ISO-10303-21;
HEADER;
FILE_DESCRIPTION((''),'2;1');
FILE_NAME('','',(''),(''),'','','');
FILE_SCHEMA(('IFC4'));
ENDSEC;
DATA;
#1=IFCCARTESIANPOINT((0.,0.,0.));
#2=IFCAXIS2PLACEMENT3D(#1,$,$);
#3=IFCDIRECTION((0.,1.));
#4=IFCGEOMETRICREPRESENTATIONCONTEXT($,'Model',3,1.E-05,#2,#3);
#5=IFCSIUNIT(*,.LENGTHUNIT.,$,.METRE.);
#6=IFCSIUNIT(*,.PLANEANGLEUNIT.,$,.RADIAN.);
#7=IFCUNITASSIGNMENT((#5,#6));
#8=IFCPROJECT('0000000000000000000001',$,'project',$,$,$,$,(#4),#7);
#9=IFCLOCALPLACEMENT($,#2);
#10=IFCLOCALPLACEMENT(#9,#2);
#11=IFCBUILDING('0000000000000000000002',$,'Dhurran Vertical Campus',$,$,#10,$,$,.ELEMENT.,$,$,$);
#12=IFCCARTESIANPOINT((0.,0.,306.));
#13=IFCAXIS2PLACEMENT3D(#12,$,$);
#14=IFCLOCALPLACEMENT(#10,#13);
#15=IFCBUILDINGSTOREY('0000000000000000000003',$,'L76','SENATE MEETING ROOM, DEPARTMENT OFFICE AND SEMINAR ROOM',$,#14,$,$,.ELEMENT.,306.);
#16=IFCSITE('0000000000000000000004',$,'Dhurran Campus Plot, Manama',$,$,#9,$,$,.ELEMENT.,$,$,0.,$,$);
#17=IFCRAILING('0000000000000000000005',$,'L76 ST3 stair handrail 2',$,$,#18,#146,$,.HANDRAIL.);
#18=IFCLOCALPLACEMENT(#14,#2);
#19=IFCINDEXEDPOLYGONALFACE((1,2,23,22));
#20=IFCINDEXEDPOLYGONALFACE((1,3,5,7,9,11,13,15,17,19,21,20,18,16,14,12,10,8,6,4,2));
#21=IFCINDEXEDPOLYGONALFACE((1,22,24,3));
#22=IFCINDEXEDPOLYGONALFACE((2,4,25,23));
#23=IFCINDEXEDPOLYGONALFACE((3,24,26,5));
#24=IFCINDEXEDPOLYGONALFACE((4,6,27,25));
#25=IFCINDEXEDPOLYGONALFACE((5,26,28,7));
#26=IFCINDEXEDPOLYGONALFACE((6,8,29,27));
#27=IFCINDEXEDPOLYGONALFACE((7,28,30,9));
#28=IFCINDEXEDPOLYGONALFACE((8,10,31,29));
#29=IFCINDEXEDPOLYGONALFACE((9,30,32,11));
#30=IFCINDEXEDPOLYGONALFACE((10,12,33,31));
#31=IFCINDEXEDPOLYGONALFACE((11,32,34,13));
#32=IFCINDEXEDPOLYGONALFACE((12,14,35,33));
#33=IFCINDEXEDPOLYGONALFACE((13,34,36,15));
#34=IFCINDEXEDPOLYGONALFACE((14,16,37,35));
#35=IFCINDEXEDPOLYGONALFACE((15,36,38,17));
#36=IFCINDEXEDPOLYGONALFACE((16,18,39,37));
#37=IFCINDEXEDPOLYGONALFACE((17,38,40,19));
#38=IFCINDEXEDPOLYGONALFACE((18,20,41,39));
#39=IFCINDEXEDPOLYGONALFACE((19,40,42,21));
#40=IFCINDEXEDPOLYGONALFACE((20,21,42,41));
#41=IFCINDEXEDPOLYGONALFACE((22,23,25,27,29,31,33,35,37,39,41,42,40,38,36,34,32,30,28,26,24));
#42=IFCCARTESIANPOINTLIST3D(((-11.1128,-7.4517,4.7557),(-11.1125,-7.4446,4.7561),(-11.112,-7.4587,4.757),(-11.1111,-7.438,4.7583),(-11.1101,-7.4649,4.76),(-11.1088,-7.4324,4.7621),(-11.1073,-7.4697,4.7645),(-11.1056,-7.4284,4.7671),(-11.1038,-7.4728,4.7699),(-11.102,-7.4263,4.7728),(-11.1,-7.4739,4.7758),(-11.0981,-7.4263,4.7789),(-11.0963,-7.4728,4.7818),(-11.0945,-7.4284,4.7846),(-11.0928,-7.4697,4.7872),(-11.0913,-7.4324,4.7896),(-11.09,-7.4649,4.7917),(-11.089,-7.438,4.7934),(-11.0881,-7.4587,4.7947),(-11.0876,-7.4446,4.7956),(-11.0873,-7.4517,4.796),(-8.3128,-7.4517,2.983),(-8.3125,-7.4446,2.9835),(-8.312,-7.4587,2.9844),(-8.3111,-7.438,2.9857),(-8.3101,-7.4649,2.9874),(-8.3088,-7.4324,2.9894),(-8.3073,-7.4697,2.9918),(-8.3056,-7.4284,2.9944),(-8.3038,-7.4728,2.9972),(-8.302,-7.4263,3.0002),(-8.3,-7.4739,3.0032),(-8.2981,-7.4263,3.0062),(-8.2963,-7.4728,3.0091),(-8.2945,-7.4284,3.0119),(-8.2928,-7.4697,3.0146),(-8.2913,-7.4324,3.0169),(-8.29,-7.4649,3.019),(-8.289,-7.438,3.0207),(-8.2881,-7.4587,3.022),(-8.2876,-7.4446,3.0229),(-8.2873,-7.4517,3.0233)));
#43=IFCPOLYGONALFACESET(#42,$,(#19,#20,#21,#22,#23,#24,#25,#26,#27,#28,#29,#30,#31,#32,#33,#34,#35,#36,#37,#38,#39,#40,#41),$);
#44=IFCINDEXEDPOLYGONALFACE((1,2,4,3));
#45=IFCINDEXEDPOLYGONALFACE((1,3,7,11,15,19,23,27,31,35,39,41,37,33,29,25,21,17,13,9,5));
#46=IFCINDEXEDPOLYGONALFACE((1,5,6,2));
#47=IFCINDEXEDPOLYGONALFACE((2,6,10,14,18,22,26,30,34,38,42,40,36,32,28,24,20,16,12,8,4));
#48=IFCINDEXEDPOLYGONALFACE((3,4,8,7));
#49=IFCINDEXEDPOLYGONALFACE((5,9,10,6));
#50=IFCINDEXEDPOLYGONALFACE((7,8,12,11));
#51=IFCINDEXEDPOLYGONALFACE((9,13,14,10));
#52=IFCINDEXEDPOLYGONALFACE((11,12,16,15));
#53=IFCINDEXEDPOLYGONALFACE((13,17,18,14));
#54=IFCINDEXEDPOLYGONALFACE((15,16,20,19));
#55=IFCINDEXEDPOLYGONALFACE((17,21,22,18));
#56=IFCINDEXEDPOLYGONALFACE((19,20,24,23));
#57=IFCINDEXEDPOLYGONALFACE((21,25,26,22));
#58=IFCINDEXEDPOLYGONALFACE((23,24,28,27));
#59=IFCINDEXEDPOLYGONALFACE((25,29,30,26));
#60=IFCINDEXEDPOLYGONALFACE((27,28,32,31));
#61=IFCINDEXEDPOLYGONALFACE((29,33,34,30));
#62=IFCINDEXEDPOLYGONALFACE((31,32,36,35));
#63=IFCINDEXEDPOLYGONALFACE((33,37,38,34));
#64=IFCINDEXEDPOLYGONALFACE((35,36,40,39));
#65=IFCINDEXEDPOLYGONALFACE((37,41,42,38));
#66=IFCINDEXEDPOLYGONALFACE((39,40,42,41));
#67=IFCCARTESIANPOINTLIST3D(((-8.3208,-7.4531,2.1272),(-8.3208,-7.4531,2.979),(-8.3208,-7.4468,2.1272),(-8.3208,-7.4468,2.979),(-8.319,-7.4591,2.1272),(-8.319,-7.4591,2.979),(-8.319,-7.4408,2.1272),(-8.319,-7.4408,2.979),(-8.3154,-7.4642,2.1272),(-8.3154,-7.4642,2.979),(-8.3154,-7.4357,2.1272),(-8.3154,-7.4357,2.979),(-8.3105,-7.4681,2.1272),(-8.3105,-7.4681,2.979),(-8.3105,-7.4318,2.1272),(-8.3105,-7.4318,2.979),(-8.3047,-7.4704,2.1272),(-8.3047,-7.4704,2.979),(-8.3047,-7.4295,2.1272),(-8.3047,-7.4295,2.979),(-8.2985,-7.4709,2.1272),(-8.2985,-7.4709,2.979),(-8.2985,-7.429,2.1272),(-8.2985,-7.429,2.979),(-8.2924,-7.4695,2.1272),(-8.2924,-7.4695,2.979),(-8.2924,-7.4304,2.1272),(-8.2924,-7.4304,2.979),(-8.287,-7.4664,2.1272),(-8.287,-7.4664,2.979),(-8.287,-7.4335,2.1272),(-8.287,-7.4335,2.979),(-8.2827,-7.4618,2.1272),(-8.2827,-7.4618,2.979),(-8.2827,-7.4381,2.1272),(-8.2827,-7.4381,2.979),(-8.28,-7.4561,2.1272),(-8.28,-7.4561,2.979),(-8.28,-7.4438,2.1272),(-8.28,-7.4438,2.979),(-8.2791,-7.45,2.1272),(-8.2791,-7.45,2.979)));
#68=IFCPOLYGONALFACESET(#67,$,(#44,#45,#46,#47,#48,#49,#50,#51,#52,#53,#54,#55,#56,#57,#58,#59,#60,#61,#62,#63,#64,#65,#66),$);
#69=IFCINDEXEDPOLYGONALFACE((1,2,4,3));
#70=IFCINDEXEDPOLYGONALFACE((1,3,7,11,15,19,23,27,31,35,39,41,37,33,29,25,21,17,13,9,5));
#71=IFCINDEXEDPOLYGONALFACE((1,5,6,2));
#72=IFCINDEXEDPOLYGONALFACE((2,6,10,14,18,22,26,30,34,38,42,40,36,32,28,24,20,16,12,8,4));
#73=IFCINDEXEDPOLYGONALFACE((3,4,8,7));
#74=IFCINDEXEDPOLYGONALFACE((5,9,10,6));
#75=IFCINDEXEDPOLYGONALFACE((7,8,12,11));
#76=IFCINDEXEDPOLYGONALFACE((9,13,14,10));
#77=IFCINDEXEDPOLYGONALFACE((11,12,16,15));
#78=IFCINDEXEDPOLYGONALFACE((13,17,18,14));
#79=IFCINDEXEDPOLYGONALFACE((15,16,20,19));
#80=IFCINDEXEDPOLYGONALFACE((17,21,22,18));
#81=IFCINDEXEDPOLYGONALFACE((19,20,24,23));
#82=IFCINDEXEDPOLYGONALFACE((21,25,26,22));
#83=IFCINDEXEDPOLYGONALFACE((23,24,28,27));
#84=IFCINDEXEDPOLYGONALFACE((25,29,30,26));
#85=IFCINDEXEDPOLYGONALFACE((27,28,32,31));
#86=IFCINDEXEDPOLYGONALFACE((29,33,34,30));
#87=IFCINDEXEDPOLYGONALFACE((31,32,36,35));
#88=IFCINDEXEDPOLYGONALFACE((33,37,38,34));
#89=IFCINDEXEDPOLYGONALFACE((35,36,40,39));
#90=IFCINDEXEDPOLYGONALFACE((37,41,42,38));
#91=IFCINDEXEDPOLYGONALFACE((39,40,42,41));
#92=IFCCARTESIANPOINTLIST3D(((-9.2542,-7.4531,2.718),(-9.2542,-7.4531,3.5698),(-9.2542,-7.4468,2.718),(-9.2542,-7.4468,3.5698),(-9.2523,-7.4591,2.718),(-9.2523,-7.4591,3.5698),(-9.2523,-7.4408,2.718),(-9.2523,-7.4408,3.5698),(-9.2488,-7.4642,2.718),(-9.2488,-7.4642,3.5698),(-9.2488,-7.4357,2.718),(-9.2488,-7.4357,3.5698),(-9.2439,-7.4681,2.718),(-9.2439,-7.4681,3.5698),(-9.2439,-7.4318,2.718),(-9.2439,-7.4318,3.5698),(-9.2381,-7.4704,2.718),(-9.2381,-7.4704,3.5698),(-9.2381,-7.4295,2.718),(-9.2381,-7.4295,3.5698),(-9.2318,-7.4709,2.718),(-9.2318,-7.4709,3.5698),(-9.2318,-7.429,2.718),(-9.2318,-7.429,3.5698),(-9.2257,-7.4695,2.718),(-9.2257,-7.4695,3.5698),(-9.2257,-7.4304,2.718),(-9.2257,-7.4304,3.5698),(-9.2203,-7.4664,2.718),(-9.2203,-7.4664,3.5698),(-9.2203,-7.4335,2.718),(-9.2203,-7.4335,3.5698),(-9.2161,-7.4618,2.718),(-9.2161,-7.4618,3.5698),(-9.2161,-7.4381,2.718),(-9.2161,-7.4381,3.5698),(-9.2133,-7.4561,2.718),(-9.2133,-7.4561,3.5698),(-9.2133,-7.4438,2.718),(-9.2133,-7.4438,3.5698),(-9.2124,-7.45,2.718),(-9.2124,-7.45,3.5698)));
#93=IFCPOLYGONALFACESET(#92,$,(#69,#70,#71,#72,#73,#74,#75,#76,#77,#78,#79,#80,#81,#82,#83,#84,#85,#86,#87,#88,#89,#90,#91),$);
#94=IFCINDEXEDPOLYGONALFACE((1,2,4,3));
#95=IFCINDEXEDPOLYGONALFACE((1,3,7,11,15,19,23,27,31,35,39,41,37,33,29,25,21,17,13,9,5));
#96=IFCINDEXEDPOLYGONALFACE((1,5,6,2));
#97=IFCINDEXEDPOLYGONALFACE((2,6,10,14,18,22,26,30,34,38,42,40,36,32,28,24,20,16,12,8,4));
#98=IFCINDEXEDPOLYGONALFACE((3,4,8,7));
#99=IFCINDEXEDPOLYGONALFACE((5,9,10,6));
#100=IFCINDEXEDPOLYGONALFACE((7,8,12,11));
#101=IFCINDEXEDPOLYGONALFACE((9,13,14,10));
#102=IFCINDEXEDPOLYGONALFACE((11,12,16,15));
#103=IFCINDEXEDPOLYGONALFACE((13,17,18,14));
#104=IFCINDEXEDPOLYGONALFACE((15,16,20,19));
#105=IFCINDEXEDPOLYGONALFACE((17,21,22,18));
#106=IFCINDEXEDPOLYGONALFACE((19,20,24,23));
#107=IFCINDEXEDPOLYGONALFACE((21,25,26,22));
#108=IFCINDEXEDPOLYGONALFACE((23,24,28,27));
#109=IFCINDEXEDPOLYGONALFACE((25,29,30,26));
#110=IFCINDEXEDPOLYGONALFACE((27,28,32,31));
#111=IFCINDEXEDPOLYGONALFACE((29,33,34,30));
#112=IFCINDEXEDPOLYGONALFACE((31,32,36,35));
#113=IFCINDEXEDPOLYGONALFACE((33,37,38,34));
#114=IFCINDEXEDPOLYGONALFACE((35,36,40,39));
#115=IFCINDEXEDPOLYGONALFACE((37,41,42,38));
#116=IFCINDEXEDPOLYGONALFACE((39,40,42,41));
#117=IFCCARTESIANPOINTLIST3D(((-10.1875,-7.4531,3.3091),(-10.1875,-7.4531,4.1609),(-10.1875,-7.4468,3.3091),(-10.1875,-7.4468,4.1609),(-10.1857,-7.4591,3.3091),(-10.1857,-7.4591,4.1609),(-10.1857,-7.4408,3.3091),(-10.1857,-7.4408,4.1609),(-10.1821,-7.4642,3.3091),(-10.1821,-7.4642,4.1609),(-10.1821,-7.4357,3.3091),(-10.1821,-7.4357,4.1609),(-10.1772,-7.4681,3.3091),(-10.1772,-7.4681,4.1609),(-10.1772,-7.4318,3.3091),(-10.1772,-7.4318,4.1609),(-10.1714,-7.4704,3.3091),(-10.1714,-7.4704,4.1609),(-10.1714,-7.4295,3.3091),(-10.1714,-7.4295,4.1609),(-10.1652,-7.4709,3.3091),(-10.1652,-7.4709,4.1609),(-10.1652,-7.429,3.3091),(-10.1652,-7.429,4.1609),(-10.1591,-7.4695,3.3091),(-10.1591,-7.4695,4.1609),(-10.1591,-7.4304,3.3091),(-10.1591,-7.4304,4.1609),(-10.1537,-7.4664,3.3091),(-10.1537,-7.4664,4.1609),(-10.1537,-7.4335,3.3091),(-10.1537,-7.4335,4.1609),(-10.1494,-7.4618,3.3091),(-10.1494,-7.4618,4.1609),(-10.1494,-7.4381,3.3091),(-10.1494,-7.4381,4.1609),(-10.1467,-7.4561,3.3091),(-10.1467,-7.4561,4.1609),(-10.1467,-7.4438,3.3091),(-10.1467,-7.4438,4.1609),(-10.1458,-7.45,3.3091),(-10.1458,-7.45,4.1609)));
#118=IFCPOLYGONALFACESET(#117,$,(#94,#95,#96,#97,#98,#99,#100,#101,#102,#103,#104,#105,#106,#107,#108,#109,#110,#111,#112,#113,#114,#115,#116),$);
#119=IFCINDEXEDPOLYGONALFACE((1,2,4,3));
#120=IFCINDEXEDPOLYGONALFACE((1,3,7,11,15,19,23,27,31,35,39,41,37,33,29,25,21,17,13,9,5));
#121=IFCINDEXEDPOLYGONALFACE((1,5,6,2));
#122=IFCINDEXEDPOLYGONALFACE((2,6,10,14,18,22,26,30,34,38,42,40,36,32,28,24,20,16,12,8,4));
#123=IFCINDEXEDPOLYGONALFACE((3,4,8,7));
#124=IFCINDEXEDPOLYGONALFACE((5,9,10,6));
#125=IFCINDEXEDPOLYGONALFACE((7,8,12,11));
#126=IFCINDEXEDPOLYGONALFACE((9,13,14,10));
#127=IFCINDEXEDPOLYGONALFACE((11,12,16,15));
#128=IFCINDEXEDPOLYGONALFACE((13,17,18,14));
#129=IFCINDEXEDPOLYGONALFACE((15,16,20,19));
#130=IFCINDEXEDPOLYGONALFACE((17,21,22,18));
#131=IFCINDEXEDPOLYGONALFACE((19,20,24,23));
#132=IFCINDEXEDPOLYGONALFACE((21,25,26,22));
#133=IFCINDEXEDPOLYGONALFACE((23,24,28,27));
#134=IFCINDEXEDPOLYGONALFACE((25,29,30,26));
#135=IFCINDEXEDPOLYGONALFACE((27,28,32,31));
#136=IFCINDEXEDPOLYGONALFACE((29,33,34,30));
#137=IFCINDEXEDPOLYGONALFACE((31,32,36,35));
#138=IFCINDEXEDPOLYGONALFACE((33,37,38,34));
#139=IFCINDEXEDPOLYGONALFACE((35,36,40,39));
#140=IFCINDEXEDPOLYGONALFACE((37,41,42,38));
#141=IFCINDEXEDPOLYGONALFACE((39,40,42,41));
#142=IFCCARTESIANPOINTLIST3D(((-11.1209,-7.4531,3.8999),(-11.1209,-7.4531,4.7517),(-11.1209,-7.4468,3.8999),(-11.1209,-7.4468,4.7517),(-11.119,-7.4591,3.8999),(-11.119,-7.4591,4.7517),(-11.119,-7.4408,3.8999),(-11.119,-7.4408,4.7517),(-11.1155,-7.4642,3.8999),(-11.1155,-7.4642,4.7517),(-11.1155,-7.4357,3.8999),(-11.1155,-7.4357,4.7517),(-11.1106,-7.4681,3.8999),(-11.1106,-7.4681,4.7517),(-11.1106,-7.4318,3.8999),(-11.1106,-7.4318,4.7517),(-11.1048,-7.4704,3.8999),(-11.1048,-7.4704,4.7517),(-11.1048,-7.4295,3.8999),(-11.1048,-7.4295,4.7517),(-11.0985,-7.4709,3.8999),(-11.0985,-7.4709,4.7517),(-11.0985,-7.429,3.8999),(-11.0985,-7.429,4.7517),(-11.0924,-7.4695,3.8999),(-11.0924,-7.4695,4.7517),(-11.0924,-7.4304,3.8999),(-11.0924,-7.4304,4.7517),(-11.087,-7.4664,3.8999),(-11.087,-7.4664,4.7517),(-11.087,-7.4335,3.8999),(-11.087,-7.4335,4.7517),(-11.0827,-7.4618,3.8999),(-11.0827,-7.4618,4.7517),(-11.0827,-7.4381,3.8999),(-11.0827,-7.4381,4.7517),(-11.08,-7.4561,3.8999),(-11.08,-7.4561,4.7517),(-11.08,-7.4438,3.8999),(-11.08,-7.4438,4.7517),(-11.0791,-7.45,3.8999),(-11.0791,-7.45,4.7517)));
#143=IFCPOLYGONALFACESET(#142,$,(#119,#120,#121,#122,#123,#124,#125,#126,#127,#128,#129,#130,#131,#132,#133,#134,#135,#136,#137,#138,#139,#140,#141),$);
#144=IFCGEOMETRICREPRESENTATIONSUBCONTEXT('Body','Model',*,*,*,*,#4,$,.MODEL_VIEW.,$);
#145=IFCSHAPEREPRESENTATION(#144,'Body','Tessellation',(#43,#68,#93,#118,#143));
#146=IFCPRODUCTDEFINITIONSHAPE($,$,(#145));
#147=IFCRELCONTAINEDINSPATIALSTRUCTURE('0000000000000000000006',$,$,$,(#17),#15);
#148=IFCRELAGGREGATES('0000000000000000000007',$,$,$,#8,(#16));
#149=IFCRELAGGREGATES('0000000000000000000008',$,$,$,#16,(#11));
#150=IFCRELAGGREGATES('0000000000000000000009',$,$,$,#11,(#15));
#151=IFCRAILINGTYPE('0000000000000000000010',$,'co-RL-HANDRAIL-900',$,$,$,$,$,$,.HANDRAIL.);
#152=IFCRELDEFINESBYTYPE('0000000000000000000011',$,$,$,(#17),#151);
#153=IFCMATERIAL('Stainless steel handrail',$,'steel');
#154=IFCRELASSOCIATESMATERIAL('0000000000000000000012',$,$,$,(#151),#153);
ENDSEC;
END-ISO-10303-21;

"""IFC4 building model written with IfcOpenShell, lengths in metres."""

from ifc_helpers import new_model, si_unit, direction, frame, origin, origin_2d, place, context, subcontext, project, spatial, circle, extrude, material, type_object, element, save


model = new_model("IFC4")

# Units and contexts
model_context = context("Model", 3, precision=1e-05, world=origin(), true_north=direction((0.0, 1.0)))
body_context = subcontext(model_context, "Body", "Model", "MODEL_VIEW")
ifc_project = project(units=[si_unit("LENGTHUNIT", "METRE"), si_unit("PLANEANGLEUNIT", "RADIAN")], contexts=[model_context])

# Site, building, storey
site_placement = place(None, origin())
site = spatial("IfcSite", under=ifc_project, at=site_placement, Name="Dhurran Campus Plot, Manama", CompositionType="ELEMENT", RefElevation=0.0)
building_placement = place(site_placement, origin())
building = spatial("IfcBuilding", under=site, at=building_placement, Name="Dhurran Vertical Campus", CompositionType="ELEMENT")
storey_placement = place(building_placement, frame((0.0, 0.0, 306.0)))
storey = spatial("IfcBuildingStorey", under=building, at=storey_placement, Name="L76", Description="SENATE MEETING ROOM, DEPARTMENT OFFICE AND SEMINAR ROOM", CompositionType="ELEMENT", Elevation=306.0)

# Railing
ifc_material_1 = material(Name="Stainless steel handrail", Category="steel")
railing_type_1 = type_object("IfcRailingType", Name="co-RL-HANDRAIL-900", PredefinedType="HANDRAIL", material=ifc_material_1)
railing_1_placement = place(storey_placement, frame((-8.3, -7.45, 2.1272)))
element("IfcRailing", 1, at=railing_1_placement, inside=storey, type_object=railing_type_1, Name="L76 ST3 stair handrail 2", PredefinedType="HANDRAIL", context=body_context, shape_type="SweptSolid", body=[
    extrude(circle(Radius=0.0239, at=origin_2d()), frame((0.0, 0.0, 0.876), z_axis=(-0.844909, 0.0, 0.53491), x_axis=(0.0, -1.0, 0.0)), (0.0, 0.0, 1.0), 3.314),
    extrude(circle(Radius=0.021, at=origin_2d()), origin(), (0.0, 0.0, 1.0), 0.8518),
    extrude(circle(Radius=0.021, at=origin_2d()), frame((-0.9333, 0.0, 0.5908)), (0.0, 0.0, 1.0), 0.8518),
    extrude(circle(Radius=0.021, at=origin_2d()), frame((-1.8667, 0.0, 1.1819)), (0.0, 0.0, 1.0), 0.8518),
    extrude(circle(Radius=0.021, at=origin_2d()), frame((-2.8, 0.0, 1.7727)), (0.0, 0.0, 1.0), 0.8518),
])

save(model, "model.ifc")
